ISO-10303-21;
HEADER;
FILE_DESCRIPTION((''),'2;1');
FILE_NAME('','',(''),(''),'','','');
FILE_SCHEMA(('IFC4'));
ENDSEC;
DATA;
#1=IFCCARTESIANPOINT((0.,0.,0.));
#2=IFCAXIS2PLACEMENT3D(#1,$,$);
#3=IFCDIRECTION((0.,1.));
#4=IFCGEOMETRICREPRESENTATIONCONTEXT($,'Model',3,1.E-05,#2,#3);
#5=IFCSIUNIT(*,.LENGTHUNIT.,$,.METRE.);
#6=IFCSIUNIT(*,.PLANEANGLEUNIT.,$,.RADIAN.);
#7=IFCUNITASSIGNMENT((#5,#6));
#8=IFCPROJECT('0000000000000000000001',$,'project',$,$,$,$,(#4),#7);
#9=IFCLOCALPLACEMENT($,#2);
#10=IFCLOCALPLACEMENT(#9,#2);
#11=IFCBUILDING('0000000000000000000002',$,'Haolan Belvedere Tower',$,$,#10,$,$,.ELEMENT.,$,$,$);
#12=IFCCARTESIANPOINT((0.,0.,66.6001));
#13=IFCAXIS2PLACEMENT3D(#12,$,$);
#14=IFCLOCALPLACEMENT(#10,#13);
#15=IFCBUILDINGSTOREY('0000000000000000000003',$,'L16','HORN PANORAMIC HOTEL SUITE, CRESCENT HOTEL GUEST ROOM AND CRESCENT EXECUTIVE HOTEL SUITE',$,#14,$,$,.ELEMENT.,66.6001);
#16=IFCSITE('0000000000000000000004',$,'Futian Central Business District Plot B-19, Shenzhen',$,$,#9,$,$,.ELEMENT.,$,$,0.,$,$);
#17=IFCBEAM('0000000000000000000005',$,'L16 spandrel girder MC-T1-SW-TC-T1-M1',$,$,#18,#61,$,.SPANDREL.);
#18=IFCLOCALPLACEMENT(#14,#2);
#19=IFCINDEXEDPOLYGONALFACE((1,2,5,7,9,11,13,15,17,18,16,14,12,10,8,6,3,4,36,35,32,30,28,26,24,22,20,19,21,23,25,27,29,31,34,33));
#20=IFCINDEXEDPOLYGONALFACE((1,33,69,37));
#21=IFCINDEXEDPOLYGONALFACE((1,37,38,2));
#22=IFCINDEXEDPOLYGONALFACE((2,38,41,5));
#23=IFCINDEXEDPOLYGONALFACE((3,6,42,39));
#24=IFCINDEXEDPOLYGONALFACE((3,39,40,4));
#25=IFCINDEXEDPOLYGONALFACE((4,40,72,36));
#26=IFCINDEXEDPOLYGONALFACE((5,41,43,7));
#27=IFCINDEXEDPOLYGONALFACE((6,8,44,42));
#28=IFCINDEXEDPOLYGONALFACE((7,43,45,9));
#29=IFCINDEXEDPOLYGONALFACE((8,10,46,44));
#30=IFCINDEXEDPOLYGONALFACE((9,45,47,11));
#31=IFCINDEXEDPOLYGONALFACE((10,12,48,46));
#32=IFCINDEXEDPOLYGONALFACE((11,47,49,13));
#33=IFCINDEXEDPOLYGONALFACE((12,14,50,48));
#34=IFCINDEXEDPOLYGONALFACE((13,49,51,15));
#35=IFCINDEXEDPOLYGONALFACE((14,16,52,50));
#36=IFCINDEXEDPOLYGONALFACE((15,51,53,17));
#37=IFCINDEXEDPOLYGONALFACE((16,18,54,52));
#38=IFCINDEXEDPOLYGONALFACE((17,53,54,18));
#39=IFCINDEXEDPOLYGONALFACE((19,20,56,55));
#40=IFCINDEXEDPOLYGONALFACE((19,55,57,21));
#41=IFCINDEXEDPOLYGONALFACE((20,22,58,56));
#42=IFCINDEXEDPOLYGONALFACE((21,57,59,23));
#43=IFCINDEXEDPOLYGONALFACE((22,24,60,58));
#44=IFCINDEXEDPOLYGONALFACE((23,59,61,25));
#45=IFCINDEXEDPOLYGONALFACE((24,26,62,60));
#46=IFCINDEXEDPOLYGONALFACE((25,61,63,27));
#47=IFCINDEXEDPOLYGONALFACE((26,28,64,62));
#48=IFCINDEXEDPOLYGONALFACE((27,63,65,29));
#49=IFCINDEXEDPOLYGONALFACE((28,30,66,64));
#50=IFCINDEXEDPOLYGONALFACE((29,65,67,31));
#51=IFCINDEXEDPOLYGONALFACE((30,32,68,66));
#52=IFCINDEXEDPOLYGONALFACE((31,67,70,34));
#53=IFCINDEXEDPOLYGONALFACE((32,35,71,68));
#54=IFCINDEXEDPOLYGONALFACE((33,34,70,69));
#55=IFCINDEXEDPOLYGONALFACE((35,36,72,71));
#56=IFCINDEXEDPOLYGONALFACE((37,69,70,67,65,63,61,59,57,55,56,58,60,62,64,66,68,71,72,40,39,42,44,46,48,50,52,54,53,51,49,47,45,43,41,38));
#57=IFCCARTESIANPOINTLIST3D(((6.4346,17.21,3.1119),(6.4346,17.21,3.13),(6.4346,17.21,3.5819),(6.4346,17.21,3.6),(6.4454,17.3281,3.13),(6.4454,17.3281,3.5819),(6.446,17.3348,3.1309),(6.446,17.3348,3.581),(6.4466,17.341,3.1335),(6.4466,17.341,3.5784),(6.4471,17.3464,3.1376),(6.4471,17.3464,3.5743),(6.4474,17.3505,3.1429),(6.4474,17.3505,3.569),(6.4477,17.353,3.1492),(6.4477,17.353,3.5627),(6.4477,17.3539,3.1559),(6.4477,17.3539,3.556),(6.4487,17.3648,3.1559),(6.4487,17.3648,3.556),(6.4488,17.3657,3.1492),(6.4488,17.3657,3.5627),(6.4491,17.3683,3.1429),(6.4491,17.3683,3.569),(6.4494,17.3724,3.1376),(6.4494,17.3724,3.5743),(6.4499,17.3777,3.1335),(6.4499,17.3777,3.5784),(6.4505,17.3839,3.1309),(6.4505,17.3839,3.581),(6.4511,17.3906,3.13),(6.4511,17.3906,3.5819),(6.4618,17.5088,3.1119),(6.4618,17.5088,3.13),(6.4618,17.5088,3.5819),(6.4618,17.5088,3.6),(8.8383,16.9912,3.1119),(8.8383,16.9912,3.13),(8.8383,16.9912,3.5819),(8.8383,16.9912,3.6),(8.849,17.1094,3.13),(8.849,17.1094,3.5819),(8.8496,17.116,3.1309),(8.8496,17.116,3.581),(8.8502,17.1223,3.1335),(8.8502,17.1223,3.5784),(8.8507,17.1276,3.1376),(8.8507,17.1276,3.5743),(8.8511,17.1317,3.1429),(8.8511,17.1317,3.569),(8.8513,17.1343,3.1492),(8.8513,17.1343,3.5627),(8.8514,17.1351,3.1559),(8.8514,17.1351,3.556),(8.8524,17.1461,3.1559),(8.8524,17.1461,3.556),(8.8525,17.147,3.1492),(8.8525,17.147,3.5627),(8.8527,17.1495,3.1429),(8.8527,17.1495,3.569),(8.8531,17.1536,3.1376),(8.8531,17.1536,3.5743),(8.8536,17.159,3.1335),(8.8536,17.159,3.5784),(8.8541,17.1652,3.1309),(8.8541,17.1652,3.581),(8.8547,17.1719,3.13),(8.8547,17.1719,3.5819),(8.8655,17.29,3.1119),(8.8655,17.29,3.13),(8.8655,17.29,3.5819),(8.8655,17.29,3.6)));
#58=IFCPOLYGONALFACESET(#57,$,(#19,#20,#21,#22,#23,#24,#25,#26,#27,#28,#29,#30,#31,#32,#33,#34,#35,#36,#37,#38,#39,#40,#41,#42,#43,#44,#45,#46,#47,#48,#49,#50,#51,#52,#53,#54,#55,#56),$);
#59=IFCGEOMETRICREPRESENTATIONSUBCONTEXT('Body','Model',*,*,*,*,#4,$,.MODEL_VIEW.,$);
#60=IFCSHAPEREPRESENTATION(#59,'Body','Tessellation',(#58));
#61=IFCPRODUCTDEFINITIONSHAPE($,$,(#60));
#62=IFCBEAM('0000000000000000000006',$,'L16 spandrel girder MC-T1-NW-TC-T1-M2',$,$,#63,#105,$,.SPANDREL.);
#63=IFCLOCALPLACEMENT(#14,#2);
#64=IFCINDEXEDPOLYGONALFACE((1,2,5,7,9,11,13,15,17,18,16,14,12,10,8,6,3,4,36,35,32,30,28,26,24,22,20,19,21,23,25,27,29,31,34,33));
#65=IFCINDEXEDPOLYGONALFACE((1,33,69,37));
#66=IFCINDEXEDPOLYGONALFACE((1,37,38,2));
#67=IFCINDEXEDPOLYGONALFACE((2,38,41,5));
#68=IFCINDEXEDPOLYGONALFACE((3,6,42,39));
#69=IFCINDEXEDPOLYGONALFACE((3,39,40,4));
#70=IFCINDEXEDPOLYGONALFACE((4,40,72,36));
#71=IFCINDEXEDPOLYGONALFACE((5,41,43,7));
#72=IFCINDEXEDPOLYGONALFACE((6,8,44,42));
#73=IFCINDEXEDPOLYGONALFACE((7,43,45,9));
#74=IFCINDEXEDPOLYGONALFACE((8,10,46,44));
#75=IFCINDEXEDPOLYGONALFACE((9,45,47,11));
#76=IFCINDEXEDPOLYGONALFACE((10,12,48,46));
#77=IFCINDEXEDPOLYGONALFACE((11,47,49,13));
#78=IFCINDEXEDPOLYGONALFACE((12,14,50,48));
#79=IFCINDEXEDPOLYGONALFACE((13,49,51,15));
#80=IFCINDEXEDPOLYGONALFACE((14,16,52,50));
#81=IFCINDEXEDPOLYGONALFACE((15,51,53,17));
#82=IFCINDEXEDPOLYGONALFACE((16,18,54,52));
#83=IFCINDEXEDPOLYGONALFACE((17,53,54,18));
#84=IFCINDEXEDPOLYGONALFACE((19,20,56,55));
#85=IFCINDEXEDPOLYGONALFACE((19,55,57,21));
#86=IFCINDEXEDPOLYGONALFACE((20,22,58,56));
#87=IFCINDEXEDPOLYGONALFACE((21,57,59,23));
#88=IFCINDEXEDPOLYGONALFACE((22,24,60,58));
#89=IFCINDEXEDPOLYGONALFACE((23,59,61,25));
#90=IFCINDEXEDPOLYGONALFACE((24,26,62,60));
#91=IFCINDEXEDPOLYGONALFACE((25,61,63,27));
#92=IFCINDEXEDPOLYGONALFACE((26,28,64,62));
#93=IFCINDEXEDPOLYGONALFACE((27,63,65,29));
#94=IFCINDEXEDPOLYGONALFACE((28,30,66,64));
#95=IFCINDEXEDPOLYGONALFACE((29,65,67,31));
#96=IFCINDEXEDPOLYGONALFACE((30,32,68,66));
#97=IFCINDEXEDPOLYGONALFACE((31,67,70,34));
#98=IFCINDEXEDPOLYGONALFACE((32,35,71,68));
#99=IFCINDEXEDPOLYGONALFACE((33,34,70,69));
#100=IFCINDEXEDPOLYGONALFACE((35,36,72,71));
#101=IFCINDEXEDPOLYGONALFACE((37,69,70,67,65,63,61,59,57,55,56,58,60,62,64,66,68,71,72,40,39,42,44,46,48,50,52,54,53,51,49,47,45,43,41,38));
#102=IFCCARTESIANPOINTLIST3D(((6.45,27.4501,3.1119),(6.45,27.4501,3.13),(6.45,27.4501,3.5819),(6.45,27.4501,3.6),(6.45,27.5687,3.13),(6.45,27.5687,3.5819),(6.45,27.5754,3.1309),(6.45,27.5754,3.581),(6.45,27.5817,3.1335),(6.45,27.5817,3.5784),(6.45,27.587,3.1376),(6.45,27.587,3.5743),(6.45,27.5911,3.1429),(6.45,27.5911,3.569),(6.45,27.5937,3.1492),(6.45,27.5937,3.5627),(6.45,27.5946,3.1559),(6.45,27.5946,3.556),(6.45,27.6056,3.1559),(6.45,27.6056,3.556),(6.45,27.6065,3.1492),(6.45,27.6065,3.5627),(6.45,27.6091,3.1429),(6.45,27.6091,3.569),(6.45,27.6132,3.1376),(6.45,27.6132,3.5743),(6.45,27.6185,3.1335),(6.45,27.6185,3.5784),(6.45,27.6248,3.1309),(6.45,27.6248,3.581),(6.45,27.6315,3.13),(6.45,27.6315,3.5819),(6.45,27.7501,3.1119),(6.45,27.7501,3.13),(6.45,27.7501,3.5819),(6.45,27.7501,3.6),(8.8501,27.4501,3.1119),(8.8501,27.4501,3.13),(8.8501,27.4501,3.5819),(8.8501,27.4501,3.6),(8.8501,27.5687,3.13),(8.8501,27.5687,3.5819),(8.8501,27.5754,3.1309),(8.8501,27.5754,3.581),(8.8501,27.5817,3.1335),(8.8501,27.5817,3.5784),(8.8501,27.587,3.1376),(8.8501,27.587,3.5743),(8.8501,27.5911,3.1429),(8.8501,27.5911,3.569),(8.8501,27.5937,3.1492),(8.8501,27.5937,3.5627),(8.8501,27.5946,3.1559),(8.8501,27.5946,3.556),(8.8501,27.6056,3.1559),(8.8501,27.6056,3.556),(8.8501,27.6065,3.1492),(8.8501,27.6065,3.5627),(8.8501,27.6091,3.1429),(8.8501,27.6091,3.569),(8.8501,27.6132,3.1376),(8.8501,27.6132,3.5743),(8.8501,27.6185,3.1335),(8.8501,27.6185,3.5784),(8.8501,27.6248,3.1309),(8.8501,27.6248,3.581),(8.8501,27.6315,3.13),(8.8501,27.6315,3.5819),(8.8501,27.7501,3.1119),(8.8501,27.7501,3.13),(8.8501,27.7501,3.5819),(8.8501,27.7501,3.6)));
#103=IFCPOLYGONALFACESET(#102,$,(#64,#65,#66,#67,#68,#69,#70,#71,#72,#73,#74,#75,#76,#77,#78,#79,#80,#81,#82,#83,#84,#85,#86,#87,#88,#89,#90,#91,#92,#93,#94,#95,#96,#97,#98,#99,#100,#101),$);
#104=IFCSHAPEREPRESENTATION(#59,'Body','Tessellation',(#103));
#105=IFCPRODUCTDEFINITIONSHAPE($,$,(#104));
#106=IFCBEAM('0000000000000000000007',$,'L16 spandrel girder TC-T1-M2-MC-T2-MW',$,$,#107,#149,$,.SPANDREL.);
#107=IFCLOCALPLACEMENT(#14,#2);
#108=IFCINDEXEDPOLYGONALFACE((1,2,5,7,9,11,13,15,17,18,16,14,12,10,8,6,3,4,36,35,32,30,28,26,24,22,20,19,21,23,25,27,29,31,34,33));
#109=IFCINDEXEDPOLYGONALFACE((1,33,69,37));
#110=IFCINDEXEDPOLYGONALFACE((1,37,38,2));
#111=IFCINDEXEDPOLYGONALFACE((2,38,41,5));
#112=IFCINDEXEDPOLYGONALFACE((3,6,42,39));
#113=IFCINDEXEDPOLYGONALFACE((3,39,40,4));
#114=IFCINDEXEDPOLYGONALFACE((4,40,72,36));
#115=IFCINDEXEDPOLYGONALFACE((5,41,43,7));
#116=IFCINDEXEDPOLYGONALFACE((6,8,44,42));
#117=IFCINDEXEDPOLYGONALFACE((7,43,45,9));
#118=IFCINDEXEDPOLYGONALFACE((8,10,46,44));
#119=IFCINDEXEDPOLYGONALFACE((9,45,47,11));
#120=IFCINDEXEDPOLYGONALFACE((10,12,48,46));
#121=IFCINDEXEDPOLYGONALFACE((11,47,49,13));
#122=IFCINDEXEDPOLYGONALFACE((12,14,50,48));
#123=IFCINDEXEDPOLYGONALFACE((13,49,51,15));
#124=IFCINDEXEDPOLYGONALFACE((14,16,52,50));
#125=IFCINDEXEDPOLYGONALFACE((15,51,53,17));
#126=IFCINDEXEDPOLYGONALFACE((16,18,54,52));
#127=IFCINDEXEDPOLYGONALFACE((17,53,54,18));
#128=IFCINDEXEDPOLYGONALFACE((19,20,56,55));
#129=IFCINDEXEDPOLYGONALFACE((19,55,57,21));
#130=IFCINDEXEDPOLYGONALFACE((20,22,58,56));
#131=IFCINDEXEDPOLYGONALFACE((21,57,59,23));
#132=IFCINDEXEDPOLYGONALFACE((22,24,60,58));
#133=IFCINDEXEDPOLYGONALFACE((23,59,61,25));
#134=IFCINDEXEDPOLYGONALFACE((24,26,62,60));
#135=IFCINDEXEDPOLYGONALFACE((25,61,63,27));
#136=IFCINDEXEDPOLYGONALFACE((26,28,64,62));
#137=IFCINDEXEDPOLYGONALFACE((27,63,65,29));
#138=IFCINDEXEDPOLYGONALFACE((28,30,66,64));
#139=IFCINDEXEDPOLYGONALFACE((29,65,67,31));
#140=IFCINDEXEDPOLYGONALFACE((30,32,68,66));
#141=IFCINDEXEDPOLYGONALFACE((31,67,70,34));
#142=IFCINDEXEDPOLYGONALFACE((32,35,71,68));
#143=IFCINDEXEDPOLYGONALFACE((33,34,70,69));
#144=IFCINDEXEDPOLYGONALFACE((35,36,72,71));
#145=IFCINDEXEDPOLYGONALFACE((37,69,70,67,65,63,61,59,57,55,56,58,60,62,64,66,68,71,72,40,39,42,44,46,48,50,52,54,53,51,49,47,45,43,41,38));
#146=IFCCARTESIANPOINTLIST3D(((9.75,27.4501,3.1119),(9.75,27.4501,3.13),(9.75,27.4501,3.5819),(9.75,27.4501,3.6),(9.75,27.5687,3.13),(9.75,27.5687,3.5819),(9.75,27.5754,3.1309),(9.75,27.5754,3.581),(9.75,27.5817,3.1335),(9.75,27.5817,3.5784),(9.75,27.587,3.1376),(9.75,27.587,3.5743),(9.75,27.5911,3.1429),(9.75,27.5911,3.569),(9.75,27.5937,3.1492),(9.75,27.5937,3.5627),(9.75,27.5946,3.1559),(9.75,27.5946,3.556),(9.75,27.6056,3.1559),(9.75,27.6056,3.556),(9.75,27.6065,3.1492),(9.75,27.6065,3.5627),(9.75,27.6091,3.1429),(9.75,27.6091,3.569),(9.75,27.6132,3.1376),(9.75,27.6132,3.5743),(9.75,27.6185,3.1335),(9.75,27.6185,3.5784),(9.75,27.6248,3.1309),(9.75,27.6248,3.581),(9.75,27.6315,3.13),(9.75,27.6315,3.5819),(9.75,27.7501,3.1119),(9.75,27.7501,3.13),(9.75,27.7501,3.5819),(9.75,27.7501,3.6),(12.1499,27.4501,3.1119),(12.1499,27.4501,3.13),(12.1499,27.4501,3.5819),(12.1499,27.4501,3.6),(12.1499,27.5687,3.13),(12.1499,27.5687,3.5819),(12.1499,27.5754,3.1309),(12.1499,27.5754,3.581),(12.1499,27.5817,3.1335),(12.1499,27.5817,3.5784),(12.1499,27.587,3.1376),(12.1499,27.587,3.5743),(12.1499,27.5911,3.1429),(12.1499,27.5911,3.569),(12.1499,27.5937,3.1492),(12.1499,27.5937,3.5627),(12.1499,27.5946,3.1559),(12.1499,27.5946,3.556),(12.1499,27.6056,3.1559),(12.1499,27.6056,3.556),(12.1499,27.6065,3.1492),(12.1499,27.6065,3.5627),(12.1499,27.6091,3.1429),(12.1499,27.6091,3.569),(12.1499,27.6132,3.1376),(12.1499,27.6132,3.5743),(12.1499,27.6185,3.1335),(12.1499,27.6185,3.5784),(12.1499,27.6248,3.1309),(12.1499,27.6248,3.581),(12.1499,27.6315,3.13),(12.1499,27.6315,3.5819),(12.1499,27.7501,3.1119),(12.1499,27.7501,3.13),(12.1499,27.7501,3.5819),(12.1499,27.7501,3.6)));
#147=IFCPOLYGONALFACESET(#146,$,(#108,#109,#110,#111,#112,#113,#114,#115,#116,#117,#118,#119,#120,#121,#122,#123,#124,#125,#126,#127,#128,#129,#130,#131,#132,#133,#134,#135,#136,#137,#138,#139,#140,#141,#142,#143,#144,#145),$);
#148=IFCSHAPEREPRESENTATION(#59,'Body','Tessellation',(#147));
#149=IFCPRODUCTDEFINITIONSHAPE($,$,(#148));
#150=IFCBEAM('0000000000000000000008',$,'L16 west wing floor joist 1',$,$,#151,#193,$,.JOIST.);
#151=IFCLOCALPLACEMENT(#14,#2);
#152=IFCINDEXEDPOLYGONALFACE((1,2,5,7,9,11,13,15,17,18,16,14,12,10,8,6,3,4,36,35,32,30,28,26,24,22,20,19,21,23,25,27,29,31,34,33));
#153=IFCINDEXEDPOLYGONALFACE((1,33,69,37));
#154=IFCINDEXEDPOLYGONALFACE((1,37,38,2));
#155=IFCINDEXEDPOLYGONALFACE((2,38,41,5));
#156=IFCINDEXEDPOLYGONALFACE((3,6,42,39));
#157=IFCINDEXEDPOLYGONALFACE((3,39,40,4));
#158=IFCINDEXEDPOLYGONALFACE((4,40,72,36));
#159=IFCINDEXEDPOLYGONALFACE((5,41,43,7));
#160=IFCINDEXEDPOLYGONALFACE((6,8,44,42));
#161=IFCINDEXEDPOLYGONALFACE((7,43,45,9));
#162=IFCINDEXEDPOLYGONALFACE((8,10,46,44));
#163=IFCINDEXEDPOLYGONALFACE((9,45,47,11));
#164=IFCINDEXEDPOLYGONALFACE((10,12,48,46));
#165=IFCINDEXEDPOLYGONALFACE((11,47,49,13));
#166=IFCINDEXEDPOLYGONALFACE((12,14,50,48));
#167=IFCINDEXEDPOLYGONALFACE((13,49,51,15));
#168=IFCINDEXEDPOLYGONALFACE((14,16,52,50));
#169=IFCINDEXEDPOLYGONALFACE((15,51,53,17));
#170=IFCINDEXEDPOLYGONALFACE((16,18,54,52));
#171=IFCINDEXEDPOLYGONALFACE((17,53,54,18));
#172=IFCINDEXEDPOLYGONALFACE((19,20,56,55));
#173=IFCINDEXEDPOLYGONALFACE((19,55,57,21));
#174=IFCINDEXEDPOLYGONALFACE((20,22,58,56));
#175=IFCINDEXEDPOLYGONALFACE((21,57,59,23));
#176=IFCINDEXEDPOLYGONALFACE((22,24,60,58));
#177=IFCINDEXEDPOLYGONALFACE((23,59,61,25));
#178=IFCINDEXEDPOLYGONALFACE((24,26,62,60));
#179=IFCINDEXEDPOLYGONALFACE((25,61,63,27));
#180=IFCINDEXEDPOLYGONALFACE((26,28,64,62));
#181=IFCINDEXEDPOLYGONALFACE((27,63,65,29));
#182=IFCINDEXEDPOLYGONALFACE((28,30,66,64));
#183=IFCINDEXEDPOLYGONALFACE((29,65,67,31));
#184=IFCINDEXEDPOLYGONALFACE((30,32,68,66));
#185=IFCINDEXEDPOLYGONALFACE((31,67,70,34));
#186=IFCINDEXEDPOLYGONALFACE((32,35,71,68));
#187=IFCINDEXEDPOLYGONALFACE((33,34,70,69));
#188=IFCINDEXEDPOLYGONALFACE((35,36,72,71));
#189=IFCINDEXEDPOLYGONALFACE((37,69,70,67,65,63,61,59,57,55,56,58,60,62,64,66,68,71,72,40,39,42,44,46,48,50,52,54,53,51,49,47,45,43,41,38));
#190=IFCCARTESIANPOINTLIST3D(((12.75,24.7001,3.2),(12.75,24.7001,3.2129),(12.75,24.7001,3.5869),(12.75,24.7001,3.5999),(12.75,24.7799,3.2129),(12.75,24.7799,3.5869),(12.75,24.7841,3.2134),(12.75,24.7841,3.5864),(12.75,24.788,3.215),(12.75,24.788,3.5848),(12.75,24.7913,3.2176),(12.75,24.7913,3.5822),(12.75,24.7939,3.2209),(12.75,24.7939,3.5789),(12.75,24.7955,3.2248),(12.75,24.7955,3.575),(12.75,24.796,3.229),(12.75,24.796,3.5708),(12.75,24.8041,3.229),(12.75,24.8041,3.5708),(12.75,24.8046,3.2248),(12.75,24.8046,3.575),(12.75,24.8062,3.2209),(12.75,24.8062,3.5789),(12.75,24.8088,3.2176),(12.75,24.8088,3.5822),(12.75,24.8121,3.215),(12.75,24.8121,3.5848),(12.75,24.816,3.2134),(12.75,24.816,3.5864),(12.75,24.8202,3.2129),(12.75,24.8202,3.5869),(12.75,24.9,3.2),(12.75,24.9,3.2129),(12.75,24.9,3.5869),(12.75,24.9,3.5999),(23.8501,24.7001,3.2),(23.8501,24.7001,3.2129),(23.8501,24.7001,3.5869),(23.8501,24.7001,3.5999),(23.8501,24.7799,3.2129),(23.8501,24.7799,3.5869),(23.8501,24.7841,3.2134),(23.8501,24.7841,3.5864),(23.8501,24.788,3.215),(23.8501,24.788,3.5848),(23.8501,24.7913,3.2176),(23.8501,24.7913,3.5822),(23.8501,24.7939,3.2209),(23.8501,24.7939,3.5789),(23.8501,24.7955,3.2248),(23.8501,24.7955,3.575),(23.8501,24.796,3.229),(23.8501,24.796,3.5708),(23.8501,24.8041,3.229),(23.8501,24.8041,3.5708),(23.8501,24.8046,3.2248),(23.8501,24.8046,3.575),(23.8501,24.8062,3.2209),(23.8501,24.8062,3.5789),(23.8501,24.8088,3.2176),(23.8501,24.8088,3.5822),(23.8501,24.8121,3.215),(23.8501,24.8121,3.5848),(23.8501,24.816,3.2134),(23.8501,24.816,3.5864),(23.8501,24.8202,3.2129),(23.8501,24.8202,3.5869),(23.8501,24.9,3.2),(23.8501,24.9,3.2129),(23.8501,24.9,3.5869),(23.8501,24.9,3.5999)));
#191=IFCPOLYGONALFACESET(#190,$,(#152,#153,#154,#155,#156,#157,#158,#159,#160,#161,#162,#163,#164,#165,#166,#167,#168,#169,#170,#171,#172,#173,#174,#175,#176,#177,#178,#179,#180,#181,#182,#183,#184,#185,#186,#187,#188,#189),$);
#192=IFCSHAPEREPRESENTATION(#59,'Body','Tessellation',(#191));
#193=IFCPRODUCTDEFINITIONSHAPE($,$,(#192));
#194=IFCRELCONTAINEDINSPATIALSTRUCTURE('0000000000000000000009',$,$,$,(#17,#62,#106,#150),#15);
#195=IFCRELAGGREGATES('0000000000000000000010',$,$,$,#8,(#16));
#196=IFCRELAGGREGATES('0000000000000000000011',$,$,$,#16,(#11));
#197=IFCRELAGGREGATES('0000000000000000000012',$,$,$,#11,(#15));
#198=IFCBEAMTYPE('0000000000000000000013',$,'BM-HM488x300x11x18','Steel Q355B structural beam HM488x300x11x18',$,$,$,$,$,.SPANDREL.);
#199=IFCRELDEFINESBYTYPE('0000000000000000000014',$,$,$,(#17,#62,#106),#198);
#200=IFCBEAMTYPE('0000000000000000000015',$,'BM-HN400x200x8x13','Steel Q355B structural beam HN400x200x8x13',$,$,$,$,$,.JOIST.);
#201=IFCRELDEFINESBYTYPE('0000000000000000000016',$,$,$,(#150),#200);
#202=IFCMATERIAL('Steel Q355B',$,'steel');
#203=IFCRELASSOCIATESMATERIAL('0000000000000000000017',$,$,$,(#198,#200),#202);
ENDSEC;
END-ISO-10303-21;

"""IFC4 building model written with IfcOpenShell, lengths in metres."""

from ifc_helpers import new_model, si_unit, direction, frame, origin, origin_2d, place, context, subcontext, project, spatial, i_section, extrude, material, material_profile, profile_set, type_object, element, save


model = new_model("IFC4")

# Units and contexts
model_context = context("Model", 3, precision=1e-05, world=origin(), true_north=direction((0.0, 1.0)))
body_context = subcontext(model_context, "Body", "Model", "MODEL_VIEW")
ifc_project = project(units=[si_unit("LENGTHUNIT", "METRE"), si_unit("PLANEANGLEUNIT", "RADIAN")], contexts=[model_context])

# Site, building, storey
site_placement = place(None, origin())
site = spatial("IfcSite", under=ifc_project, at=site_placement, Name="Futian Central Business District Plot B-19, Shenzhen", CompositionType="ELEMENT", RefElevation=0.0)
building_placement = place(site_placement, origin())
building = spatial("IfcBuilding", under=site, at=building_placement, Name="Haolan Belvedere Tower", CompositionType="ELEMENT")
storey_placement = place(building_placement, frame((0.0, 0.0, 66.6001)))
storey = spatial("IfcBuildingStorey", under=building, at=storey_placement, Name="L16", Description="HORN PANORAMIC HOTEL SUITE, CRESCENT HOTEL GUEST ROOM AND CRESCENT EXECUTIVE HOTEL SUITE", CompositionType="ELEMENT", Elevation=66.6001)

# Shared definitions
ifc_material_1 = material(Name="Steel Q355B", Category="steel")

# Beams
ifc_material_profile_1 = material_profile(ifc_material_1, i_section(OverallWidth=0.3, OverallDepth=0.488, WebThickness=0.011, FlangeThickness=0.0181, FilletRadius=0.0259, at=origin_2d()), Name="Steel Q355B")
ifc_profile_set_1 = profile_set([ifc_material_profile_1], Name="Steel Q355B")
beam_type_1 = type_object("IfcBeamType", Name="BM-HM488x300x11x18", Description="Steel Q355B structural beam HM488x300x11x18", PredefinedType="SPANDREL", material=ifc_profile_set_1)
beam_1_placement = place(storey_placement, frame((6.4482, 17.3594, 3.356), z_axis=(0.995884, -0.090636, 0.0), x_axis=(0.090636, 0.995884, 0.0)))
element("IfcBeam", 1, at=beam_1_placement, inside=storey, type_object=beam_type_1, Name="L16 spandrel girder MC-T1-SW-TC-T1-M1", PredefinedType="SPANDREL", context=body_context, shape_type="SweptSolid", body=[
    extrude(i_section(OverallWidth=0.3, OverallDepth=0.488, WebThickness=0.011, FlangeThickness=0.0181, FilletRadius=0.0259, at=origin_2d()), origin(), (0.0, 0.0, 1.0), 2.4136),
])
beam_2_placement = place(storey_placement, frame((6.45, 27.6001, 3.356), z_axis=(1.0, 0.0, 0.0), x_axis=(0.0, 1.0, 0.0)))
element("IfcBeam", 2, at=beam_2_placement, inside=storey, type_object=beam_type_1, Name="L16 spandrel girder MC-T1-NW-TC-T1-M2", PredefinedType="SPANDREL", context=body_context, shape_type="SweptSolid", body=[
    extrude(i_section(OverallWidth=0.3, OverallDepth=0.488, WebThickness=0.011, FlangeThickness=0.0181, FilletRadius=0.0259, at=origin_2d()), origin(), (0.0, 0.0, 1.0), 2.4001),
])
beam_3_placement = place(storey_placement, frame((9.75, 27.6001, 3.356), z_axis=(1.0, 0.0, 0.0), x_axis=(0.0, 1.0, 0.0)))
element("IfcBeam", 3, at=beam_3_placement, inside=storey, type_object=beam_type_1, Name="L16 spandrel girder TC-T1-M2-MC-T2-MW", PredefinedType="SPANDREL", context=body_context, shape_type="SweptSolid", body=[
    extrude(i_section(OverallWidth=0.3, OverallDepth=0.488, WebThickness=0.011, FlangeThickness=0.0181, FilletRadius=0.0259, at=origin_2d()), origin(), (0.0, 0.0, 1.0), 2.3999),
])
ifc_material_profile_2 = material_profile(ifc_material_1, i_section(OverallWidth=0.2, OverallDepth=0.3999, WebThickness=0.0081, FlangeThickness=0.0129, FilletRadius=0.0161, at=origin_2d()), Name="Steel Q355B")
ifc_profile_set_2 = profile_set([ifc_material_profile_2], Name="Steel Q355B")
beam_type_2 = type_object("IfcBeamType", Name="BM-HN400x200x8x13", Description="Steel Q355B structural beam HN400x200x8x13", PredefinedType="JOIST", material=ifc_profile_set_2)
beam_4_placement = place(storey_placement, frame((12.75, 24.8, 3.3999), z_axis=(1.0, 0.0, 0.0), x_axis=(0.0, 1.0, 0.0)))
element("IfcBeam", 4, at=beam_4_placement, inside=storey, type_object=beam_type_2, Name="L16 west wing floor joist 1", PredefinedType="JOIST", context=body_context, shape_type="SweptSolid", body=[
    extrude(i_section(OverallWidth=0.2, OverallDepth=0.3999, WebThickness=0.0081, FlangeThickness=0.0129, FilletRadius=0.0161, at=origin_2d()), origin(), (0.0, 0.0, 1.0), 11.1001),
])

save(model, "model.ifc")
